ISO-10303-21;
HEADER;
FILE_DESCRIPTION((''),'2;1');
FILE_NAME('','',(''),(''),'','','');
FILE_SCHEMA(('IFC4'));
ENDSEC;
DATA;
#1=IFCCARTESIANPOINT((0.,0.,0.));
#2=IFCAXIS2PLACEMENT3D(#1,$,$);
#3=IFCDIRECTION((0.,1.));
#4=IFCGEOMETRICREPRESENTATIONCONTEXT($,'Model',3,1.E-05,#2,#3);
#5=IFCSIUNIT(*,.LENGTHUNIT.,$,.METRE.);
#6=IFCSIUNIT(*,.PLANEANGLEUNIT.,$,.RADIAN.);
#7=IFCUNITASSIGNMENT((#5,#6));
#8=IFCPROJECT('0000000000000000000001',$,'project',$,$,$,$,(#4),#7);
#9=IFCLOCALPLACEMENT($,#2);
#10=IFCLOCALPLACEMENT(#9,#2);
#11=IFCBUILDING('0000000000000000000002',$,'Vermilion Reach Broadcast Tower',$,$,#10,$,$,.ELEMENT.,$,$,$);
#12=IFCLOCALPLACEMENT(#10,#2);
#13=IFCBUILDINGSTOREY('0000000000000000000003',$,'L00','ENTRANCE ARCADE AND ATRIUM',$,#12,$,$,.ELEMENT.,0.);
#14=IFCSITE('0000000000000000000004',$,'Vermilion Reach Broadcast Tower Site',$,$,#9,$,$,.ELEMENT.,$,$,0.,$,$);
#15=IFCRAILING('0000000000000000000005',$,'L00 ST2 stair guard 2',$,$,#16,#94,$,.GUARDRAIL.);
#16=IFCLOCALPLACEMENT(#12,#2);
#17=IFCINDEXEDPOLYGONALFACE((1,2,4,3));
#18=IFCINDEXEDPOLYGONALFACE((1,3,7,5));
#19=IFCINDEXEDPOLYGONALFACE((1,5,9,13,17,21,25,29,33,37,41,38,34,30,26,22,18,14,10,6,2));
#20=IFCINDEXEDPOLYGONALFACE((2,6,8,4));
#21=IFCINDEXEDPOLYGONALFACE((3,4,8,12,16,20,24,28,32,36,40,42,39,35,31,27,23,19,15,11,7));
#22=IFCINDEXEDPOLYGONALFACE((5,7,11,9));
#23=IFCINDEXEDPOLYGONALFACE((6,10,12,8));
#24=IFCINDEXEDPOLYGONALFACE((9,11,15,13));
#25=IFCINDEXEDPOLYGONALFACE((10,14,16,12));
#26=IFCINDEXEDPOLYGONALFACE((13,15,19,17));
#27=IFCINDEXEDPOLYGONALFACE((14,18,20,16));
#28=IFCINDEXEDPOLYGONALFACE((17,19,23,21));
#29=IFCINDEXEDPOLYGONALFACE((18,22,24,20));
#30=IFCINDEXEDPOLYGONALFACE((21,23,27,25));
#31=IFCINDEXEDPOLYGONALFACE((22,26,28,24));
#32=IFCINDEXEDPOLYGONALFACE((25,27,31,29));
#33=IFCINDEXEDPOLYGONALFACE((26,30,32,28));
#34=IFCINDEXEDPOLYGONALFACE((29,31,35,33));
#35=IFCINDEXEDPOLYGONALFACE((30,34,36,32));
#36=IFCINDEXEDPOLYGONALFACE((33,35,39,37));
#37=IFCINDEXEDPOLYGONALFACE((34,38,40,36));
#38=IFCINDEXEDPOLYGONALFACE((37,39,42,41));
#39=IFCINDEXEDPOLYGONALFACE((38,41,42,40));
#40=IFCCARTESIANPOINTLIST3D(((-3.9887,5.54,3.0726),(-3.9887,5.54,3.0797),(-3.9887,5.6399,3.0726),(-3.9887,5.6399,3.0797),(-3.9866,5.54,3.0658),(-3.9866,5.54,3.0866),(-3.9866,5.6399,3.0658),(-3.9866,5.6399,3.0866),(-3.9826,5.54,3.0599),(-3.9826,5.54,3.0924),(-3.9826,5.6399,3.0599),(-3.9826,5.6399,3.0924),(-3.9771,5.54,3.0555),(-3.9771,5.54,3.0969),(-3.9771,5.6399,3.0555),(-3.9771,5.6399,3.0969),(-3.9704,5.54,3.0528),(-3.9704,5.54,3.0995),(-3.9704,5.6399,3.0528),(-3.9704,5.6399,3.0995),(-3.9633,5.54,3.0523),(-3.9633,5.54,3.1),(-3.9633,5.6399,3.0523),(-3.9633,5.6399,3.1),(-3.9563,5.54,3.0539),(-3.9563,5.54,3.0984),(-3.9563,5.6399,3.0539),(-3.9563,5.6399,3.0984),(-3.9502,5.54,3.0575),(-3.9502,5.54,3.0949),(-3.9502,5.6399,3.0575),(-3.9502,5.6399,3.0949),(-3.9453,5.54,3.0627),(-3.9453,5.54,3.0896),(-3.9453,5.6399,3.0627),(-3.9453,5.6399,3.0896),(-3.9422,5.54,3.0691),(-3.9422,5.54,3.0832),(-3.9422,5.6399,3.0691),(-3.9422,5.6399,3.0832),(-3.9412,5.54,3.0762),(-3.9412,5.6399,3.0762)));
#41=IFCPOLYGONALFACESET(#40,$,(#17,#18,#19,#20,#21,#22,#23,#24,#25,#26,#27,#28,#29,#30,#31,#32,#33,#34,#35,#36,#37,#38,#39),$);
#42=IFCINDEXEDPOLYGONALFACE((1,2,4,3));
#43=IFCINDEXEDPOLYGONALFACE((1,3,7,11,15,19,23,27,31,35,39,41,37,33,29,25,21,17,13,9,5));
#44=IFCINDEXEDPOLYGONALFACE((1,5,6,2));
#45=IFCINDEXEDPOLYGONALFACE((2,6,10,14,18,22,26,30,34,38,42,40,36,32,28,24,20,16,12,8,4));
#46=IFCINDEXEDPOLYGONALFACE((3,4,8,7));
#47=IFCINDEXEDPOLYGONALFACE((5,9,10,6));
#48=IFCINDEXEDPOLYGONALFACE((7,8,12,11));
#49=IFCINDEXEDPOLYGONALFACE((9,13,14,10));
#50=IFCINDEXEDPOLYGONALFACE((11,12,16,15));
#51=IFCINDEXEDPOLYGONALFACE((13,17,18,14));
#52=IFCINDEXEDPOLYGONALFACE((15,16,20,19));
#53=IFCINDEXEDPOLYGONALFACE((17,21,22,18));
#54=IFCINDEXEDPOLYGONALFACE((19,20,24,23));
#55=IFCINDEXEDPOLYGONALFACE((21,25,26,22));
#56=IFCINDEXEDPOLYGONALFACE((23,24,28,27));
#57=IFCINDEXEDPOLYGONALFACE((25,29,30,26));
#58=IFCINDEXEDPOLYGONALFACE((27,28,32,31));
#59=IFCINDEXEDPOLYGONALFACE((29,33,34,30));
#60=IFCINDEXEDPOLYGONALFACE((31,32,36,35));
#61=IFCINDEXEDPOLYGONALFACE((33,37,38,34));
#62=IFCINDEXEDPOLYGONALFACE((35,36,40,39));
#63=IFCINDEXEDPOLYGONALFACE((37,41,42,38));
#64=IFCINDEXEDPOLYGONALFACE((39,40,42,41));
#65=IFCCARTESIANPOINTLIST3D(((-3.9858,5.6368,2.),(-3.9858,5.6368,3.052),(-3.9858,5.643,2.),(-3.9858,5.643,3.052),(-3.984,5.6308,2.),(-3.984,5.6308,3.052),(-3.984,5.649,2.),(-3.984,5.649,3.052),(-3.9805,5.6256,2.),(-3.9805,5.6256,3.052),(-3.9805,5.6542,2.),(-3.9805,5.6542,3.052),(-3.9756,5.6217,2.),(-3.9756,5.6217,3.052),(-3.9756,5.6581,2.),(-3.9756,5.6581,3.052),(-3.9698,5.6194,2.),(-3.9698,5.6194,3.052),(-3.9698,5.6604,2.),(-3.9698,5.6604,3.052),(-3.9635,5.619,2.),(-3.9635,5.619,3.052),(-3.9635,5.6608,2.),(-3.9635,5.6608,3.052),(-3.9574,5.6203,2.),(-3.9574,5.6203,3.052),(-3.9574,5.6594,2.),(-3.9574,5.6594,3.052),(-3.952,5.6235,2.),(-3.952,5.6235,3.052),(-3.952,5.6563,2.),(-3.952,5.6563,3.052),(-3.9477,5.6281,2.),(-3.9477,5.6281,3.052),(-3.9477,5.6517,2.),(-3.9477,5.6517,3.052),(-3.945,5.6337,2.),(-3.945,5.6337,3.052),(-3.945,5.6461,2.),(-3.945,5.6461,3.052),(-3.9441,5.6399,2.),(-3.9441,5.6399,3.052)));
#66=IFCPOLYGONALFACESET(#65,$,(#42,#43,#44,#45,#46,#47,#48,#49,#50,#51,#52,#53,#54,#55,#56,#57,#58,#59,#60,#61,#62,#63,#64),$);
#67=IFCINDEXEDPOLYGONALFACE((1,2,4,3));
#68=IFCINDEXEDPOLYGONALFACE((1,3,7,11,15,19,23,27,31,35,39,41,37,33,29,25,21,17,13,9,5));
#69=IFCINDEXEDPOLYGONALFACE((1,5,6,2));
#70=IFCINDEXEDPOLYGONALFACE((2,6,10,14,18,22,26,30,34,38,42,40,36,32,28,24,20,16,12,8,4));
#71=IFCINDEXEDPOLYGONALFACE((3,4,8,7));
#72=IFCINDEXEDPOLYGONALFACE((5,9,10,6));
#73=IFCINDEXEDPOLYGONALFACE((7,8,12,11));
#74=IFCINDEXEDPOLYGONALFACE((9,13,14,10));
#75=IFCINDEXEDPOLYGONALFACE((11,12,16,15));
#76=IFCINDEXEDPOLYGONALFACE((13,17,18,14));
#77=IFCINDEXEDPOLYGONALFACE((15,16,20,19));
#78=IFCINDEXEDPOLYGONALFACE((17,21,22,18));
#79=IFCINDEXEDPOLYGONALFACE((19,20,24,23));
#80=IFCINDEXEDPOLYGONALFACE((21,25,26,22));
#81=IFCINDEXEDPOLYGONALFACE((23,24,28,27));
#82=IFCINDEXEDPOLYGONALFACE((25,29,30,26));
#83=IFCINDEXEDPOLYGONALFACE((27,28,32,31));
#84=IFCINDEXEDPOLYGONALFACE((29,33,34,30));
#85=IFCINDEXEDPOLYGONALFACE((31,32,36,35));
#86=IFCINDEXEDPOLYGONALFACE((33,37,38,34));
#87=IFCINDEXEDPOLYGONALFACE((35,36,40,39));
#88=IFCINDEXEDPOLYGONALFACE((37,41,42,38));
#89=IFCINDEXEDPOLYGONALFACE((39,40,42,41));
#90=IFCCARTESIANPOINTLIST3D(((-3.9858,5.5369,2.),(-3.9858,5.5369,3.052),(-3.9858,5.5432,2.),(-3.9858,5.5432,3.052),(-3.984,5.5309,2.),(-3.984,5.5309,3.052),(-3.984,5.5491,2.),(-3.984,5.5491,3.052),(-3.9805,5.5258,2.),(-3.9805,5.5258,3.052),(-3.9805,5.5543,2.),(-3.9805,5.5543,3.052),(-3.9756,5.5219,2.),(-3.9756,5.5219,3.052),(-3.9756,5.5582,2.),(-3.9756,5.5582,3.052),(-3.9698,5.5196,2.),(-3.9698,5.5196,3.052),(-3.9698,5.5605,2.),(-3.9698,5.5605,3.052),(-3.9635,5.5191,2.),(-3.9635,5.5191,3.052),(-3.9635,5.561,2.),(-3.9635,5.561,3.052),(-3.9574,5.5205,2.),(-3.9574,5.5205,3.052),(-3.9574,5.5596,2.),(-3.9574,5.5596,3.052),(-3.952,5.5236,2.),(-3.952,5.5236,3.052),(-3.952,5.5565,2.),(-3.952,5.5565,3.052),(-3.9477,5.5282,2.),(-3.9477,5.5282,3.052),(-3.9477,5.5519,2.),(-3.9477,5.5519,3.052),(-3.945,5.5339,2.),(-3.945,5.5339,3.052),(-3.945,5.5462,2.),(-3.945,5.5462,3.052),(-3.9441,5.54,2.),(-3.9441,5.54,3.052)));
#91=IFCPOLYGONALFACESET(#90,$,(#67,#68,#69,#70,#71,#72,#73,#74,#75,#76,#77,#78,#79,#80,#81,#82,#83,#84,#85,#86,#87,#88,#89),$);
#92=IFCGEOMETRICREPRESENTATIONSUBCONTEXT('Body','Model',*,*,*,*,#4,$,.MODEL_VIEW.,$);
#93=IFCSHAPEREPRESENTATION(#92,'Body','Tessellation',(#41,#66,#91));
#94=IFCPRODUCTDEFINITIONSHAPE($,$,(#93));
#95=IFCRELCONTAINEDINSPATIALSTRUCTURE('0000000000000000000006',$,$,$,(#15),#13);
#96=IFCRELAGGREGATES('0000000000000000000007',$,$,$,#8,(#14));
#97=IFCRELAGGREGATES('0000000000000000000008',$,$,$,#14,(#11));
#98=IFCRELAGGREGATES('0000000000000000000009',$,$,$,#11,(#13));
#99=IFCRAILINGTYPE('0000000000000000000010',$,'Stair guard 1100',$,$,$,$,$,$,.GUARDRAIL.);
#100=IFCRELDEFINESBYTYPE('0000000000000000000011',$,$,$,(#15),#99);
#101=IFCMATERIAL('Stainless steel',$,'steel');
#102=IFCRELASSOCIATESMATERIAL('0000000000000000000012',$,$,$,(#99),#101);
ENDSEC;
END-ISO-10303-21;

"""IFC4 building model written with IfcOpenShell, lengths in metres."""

from ifc_helpers import new_model, si_unit, direction, frame, origin, origin_2d, place, context, subcontext, project, spatial, circle, extrude, material, type_object, element, save


model = new_model("IFC4")

# Units and contexts
model_context = context("Model", 3, precision=1e-05, world=origin(), true_north=direction((0.0, 1.0)))
body_context = subcontext(model_context, "Body", "Model", "MODEL_VIEW")
ifc_project = project(units=[si_unit("LENGTHUNIT", "METRE"), si_unit("PLANEANGLEUNIT", "RADIAN")], contexts=[model_context])

# Site, building, storey
site_placement = place(None, origin())
site = spatial("IfcSite", under=ifc_project, at=site_placement, Name="Vermilion Reach Broadcast Tower Site", CompositionType="ELEMENT", RefElevation=0.0)
building_placement = place(site_placement, origin())
building = spatial("IfcBuilding", under=site, at=building_placement, Name="Vermilion Reach Broadcast Tower", CompositionType="ELEMENT")
storey_placement = place(building_placement, origin())
storey = spatial("IfcBuildingStorey", under=building, at=storey_placement, Name="L00", Description="ENTRANCE ARCADE AND ATRIUM", CompositionType="ELEMENT", Elevation=0.0)

# Railing
ifc_material_1 = material(Name="Stainless steel", Category="steel")
railing_type_1 = type_object("IfcRailingType", Name="Stair guard 1100", PredefinedType="GUARDRAIL", material=ifc_material_1)
railing_1_placement = place(storey_placement, frame((-3.9651, 5.6399, 2.0)))
element("IfcRailing", 1, at=railing_1_placement, inside=storey, type_object=railing_type_1, Name="L00 ST2 stair guard 2", PredefinedType="GUARDRAIL", context=body_context, shape_type="SweptSolid", body=[
    extrude(circle(Radius=0.0239, at=origin_2d()), frame((0.0, 0.0, 1.0762), z_axis=(0.0, -1.0, 0.0), x_axis=(1.0, 0.0, 0.0)), (0.0, 0.0, 1.0), 0.0999),
    extrude(circle(Radius=0.021, at=origin_2d()), origin(), (0.0, 0.0, 1.0), 1.052),
    extrude(circle(Radius=0.021, at=origin_2d()), frame((0.0, -0.0999, 0.0)), (0.0, 0.0, 1.0), 1.052),
])

save(model, "model.ifc")
